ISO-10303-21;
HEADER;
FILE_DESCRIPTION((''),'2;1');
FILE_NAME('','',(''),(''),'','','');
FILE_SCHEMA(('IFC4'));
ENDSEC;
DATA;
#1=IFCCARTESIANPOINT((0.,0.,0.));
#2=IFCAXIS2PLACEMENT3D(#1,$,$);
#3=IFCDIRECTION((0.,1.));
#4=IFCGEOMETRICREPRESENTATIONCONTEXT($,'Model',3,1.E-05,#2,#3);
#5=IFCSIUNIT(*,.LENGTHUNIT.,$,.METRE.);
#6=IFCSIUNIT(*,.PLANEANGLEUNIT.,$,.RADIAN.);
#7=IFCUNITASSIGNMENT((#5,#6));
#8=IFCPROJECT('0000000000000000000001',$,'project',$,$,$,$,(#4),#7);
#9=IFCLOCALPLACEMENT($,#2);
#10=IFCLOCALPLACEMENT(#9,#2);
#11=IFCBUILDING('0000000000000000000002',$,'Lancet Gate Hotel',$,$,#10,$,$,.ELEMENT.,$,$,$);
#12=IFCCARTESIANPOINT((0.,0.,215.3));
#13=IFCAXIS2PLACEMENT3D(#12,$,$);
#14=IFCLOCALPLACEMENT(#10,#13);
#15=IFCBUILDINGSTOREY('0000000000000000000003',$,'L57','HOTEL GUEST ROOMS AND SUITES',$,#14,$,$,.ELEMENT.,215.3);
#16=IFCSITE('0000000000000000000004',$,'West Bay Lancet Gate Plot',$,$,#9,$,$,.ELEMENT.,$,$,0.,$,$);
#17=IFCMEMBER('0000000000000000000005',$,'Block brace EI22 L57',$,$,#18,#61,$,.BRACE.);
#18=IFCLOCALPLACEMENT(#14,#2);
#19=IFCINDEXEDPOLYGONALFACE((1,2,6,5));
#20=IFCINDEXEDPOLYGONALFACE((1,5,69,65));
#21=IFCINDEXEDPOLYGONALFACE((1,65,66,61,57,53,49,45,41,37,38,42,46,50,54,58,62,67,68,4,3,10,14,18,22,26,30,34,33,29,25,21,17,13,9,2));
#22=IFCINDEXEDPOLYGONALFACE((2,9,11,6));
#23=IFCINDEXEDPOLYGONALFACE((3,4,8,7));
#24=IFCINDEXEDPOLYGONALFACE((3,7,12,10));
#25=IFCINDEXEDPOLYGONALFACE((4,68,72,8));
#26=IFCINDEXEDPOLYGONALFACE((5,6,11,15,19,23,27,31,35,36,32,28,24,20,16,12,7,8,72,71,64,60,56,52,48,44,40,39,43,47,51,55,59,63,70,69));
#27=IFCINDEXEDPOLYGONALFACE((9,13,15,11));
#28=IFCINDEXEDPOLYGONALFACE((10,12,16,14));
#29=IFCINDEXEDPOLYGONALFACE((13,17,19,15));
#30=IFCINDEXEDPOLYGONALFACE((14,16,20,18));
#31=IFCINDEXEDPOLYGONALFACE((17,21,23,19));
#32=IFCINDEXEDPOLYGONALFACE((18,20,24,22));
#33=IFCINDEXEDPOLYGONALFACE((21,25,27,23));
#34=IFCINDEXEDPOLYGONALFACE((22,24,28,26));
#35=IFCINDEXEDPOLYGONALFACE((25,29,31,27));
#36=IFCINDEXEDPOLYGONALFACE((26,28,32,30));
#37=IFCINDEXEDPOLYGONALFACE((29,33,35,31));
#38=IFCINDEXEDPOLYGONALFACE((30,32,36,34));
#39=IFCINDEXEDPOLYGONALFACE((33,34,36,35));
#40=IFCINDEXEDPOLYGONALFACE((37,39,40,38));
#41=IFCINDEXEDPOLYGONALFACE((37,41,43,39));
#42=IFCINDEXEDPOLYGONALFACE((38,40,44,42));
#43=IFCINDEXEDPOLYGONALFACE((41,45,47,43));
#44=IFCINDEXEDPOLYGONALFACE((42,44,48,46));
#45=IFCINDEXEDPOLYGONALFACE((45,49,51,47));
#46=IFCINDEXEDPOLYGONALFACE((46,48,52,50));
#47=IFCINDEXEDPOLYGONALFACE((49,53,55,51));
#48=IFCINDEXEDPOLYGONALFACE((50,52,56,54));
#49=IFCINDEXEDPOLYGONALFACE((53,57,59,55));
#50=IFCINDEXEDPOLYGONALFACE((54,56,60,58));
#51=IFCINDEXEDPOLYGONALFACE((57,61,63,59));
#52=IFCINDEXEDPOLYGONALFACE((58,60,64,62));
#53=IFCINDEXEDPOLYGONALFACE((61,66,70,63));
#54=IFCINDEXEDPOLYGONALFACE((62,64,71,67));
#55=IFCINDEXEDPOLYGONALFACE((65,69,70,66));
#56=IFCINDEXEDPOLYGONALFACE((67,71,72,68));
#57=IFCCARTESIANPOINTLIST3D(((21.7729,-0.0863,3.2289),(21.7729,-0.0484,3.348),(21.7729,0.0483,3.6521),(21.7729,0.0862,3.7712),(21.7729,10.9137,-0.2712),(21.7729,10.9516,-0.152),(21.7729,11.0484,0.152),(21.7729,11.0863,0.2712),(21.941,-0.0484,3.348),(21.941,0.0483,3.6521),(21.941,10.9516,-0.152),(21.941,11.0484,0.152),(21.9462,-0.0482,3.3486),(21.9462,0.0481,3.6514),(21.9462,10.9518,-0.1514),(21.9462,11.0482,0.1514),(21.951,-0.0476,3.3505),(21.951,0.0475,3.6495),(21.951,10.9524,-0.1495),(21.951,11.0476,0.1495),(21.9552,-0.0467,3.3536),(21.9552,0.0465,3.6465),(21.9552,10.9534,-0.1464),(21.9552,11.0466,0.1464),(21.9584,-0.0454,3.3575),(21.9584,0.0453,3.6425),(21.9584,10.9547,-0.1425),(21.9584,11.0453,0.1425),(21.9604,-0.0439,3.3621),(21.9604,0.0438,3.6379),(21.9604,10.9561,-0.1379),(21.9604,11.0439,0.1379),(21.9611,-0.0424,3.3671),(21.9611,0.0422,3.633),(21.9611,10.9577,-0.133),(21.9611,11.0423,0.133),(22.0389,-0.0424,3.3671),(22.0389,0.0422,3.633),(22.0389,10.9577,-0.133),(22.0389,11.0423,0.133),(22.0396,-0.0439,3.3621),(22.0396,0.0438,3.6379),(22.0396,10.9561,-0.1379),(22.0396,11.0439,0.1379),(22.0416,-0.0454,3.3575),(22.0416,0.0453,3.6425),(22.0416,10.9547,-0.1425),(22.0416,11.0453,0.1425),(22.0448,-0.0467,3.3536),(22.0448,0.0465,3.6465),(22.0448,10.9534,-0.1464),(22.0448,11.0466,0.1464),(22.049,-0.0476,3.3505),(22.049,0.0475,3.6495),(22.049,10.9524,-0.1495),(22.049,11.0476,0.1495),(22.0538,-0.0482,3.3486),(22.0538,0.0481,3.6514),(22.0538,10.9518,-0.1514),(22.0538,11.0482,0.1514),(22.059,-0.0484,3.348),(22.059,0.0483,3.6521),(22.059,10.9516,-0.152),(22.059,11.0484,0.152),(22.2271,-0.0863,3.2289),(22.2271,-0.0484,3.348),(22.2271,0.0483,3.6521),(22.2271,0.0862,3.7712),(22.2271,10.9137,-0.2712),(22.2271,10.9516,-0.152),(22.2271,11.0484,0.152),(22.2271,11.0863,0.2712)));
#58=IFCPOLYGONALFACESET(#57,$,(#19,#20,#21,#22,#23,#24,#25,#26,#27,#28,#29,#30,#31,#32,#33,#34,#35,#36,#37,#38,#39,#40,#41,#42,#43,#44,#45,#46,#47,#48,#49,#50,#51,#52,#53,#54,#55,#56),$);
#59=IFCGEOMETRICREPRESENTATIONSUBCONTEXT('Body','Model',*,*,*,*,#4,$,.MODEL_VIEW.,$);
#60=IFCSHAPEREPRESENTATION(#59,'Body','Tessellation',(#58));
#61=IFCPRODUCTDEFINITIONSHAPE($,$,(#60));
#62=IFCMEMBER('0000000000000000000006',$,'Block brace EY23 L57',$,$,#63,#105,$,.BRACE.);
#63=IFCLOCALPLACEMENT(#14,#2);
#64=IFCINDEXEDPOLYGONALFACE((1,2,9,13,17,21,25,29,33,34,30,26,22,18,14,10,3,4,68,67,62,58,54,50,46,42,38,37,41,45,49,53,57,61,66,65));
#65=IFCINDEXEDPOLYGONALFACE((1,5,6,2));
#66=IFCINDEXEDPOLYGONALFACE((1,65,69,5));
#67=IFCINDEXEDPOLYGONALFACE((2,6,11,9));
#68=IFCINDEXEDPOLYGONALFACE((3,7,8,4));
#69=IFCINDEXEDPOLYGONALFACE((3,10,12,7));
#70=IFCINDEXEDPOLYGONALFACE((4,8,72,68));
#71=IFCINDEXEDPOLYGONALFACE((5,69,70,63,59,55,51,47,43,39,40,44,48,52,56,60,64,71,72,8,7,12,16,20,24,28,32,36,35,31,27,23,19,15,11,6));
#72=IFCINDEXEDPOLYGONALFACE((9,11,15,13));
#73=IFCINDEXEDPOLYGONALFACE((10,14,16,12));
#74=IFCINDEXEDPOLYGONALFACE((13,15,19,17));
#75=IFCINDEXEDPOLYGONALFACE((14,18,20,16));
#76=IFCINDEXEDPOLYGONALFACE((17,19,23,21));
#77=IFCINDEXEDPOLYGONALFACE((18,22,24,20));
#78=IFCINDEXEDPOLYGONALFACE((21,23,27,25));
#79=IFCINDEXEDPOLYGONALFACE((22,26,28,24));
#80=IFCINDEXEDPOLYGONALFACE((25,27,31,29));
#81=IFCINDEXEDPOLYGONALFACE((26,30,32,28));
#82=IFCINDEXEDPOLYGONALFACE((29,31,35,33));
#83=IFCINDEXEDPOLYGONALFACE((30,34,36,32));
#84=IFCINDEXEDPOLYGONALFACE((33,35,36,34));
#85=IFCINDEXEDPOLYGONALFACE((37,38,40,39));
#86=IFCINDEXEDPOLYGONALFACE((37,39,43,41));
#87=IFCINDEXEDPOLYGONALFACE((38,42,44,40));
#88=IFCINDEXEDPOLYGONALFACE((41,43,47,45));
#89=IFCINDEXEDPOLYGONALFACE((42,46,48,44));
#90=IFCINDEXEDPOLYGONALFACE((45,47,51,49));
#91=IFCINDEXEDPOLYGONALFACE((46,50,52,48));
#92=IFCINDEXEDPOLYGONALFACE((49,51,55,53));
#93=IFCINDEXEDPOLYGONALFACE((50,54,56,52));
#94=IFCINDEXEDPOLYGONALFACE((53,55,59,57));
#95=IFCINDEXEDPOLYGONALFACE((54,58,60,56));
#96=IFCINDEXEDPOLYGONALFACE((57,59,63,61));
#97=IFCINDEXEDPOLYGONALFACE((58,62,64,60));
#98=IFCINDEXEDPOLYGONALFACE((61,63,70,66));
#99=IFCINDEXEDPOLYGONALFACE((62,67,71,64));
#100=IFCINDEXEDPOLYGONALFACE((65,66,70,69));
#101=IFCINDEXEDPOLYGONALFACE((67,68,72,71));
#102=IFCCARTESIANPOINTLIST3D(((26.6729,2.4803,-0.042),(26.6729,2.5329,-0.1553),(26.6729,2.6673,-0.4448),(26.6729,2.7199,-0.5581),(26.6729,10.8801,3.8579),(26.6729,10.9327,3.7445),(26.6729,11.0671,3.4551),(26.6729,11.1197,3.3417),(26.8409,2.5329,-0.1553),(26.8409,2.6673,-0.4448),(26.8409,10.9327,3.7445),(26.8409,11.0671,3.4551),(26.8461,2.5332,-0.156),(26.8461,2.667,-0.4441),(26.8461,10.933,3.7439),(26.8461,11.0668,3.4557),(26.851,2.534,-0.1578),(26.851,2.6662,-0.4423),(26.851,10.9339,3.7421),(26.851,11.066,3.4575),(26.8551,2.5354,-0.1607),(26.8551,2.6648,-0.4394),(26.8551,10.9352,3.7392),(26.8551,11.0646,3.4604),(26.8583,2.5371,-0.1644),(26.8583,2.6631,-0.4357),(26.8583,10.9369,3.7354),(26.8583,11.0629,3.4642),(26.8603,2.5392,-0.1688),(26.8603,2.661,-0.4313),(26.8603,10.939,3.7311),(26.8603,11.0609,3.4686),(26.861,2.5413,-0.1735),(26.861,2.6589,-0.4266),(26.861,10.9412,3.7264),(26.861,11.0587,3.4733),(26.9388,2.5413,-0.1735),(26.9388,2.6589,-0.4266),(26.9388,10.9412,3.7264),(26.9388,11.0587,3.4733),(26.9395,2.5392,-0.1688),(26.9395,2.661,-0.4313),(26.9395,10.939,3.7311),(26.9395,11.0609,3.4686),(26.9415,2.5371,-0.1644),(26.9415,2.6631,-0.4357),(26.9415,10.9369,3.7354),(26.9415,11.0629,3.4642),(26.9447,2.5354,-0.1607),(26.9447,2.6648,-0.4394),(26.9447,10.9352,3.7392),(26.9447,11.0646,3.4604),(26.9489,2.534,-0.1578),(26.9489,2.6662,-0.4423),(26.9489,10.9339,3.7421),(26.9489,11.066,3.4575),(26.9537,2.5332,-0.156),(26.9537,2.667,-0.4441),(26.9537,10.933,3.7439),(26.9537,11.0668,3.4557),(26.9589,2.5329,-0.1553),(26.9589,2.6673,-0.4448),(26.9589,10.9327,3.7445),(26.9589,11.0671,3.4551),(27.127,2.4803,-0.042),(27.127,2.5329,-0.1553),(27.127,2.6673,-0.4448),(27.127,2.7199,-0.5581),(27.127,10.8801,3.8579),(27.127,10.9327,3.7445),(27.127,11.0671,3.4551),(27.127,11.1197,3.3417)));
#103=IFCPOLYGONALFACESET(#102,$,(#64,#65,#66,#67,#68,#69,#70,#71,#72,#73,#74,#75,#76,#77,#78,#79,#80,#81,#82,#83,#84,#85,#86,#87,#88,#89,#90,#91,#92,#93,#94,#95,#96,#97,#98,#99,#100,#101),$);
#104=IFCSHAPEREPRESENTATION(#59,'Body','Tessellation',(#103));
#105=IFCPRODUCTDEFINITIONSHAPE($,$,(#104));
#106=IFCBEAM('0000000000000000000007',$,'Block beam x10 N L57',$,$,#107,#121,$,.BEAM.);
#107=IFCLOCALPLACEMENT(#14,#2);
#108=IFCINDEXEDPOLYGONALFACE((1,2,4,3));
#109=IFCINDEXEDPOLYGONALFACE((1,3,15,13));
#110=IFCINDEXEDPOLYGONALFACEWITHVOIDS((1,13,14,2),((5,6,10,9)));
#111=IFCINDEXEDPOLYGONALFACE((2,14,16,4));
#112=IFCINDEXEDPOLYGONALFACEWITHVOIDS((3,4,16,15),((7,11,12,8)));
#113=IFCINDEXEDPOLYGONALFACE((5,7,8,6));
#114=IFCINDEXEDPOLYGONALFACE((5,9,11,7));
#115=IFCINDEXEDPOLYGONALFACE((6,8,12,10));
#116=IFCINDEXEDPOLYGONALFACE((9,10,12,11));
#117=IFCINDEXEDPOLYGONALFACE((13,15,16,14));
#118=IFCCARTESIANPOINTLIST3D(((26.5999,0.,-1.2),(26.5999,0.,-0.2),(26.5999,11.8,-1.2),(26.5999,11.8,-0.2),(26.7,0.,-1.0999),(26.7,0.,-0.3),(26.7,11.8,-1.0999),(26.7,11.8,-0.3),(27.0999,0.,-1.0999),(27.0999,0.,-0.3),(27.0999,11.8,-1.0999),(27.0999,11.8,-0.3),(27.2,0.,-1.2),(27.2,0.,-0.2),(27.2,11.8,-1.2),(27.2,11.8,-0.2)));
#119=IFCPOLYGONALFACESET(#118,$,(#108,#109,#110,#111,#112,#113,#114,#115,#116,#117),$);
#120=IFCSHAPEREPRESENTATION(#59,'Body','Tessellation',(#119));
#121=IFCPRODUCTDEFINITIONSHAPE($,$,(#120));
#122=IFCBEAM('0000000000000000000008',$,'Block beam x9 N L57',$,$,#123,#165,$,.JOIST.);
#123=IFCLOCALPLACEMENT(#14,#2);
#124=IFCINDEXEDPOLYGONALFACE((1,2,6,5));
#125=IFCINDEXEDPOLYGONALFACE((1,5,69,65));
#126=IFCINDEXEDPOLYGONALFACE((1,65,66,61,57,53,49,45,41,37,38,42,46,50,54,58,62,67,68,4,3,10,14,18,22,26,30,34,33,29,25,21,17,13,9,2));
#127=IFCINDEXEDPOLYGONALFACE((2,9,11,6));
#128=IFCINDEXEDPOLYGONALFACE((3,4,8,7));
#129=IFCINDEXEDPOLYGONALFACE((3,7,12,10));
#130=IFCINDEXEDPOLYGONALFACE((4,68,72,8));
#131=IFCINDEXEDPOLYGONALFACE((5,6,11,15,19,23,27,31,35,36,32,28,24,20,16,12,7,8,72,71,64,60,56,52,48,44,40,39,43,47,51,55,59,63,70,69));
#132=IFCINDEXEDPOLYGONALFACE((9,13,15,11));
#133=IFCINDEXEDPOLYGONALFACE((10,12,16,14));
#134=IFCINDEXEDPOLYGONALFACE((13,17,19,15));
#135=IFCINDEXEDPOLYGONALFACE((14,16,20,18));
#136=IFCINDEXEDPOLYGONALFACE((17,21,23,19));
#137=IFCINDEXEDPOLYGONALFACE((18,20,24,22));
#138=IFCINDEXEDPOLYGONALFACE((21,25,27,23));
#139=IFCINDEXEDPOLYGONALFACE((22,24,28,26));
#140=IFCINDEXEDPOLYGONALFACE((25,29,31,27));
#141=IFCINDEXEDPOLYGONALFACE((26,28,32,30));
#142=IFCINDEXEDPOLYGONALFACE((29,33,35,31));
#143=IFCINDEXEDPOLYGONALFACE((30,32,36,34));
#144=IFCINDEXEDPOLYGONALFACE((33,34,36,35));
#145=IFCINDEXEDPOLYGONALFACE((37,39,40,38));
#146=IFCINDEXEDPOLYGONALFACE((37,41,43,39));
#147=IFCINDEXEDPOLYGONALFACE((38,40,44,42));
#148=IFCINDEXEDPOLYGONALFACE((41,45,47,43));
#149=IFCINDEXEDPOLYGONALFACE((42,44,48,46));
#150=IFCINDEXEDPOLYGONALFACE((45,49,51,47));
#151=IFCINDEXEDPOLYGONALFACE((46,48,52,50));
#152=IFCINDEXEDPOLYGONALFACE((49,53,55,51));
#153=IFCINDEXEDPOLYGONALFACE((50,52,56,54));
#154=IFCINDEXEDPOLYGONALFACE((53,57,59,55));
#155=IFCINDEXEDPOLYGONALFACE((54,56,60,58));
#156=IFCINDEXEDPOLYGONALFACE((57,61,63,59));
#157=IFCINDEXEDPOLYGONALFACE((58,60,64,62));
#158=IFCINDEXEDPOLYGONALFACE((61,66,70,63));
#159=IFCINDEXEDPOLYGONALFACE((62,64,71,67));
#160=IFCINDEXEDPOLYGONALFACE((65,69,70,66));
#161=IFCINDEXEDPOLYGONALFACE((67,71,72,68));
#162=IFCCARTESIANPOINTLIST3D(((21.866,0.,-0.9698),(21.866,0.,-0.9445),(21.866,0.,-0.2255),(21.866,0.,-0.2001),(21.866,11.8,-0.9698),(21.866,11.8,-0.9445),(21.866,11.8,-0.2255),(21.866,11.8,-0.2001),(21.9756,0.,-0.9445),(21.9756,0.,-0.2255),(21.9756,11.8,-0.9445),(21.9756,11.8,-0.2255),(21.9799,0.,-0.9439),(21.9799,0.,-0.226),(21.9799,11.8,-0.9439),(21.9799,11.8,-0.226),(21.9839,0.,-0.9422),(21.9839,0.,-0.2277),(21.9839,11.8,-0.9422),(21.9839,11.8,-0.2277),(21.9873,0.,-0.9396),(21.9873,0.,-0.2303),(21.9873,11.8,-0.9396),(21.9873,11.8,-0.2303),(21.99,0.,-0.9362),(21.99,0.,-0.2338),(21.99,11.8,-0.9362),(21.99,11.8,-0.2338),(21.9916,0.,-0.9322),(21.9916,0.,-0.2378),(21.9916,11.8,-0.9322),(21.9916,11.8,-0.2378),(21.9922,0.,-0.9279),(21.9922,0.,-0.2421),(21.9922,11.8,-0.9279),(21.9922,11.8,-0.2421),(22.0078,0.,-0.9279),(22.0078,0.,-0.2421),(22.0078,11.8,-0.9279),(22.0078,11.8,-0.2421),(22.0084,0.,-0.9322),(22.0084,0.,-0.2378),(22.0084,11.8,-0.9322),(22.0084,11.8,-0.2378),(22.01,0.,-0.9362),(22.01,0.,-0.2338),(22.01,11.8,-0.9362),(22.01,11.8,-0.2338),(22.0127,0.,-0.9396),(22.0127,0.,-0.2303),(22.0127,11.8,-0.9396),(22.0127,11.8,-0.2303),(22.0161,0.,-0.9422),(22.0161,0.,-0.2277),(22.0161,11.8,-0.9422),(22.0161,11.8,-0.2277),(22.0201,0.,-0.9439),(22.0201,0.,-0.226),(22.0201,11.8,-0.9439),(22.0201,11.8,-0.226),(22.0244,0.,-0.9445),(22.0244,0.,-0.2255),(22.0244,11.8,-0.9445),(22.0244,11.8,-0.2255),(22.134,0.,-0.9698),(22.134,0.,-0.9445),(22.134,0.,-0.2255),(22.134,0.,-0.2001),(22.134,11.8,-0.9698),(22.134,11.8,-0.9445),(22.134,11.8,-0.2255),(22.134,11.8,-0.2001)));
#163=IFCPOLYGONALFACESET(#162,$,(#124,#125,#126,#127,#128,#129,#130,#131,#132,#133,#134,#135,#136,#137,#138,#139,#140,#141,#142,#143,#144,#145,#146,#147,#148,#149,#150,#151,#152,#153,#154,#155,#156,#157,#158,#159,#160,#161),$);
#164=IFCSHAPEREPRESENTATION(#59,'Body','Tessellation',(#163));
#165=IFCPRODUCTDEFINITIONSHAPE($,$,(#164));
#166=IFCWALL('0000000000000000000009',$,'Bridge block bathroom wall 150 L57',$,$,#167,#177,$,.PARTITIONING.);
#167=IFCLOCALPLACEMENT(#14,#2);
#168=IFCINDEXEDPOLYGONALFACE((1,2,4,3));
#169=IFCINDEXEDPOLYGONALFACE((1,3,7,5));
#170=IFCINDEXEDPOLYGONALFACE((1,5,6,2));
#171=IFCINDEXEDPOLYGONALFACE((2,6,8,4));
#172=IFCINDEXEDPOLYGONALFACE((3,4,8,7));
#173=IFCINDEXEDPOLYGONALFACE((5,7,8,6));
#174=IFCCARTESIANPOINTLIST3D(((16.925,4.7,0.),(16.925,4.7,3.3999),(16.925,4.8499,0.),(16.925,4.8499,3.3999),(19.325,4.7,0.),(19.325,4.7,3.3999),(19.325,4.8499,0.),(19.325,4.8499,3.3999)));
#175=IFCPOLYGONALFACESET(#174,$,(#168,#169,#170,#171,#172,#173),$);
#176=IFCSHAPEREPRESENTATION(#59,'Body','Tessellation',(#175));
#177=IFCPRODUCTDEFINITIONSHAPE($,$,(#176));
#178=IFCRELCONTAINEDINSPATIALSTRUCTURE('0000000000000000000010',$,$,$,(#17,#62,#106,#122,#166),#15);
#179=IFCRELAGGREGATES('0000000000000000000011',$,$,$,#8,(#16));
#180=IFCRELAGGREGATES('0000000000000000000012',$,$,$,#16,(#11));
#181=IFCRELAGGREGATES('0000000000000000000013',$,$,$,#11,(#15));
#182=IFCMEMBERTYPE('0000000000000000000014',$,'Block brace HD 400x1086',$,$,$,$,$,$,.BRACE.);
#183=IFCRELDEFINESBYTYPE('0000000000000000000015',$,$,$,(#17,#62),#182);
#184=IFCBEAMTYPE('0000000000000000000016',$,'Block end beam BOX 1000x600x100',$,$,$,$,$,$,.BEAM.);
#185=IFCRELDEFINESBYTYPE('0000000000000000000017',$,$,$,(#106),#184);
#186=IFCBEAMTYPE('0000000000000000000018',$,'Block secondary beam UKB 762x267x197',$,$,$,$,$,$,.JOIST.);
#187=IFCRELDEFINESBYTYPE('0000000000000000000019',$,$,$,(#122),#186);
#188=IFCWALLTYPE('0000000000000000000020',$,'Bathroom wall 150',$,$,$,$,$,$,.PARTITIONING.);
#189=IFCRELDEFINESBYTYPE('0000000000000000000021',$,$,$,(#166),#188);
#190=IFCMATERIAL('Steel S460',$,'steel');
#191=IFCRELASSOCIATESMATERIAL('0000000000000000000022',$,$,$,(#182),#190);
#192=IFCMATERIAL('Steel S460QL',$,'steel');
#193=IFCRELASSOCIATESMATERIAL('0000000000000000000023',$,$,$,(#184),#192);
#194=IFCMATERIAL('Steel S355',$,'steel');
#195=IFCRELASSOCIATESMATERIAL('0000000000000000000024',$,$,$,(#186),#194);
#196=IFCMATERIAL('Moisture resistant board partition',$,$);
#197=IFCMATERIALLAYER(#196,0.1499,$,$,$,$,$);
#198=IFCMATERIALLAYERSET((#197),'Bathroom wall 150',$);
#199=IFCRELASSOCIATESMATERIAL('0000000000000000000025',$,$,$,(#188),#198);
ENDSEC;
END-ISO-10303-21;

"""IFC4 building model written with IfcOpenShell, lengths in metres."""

from ifc_helpers import new_model, si_unit, direction, frame, frame_2d, origin, origin_2d, place, context, subcontext, project, spatial, rectangle, hollow_rectangle, i_section, extrude, material, layer, layer_set, material_profile, profile_set, type_object, element, save


model = new_model("IFC4")

# Units and contexts
model_context = context("Model", 3, precision=1e-05, world=origin(), true_north=direction((0.0, 1.0)))
body_context = subcontext(model_context, "Body", "Model", "MODEL_VIEW")
ifc_project = project(units=[si_unit("LENGTHUNIT", "METRE"), si_unit("PLANEANGLEUNIT", "RADIAN")], contexts=[model_context])

# Site, building, storey
site_placement = place(None, origin())
site = spatial("IfcSite", under=ifc_project, at=site_placement, Name="West Bay Lancet Gate Plot", CompositionType="ELEMENT", RefElevation=0.0)
building_placement = place(site_placement, origin())
building = spatial("IfcBuilding", under=site, at=building_placement, Name="Lancet Gate Hotel", CompositionType="ELEMENT")
storey_placement = place(building_placement, frame((0.0, 0.0, 215.3)))
storey = spatial("IfcBuildingStorey", under=building, at=storey_placement, Name="L57", Description="HOTEL GUEST ROOMS AND SUITES", CompositionType="ELEMENT", Elevation=215.3)

# Members
ifc_material_1 = material(Name="Steel S460", Category="steel")
ifc_material_profile_1 = material_profile(ifc_material_1, i_section(OverallWidth=0.4541, OverallDepth=0.5691, WebThickness=0.0779, FlangeThickness=0.125, FilletRadius=0.02, at=origin_2d()), Name="HD 400x1086")
ifc_profile_set_1 = profile_set([ifc_material_profile_1], Name="Steel S460")
member_type = type_object("IfcMemberType", Name="Block brace HD 400x1086", PredefinedType="BRACE", material=ifc_profile_set_1)
member_1_placement = place(storey_placement, frame((22.0, 11.0, 0.0), z_axis=(0.0, -0.952926, 0.303204), x_axis=(1.0, 0.0, 0.0)))
element("IfcMember", 1, at=member_1_placement, inside=storey, type_object=member_type, Name="Block brace EI22 L57", PredefinedType="BRACE", context=body_context, shape_type="SweptSolid", body=[
    extrude(i_section(OverallWidth=0.4541, OverallDepth=0.5691, WebThickness=0.0779, FlangeThickness=0.125, FilletRadius=0.02, at=origin_2d()), origin(), (0.0, 0.0, 1.0), 11.5435),
])
member_2_placement = place(storey_placement, frame((26.8999, 2.6001, -0.3), z_axis=(0.0, 0.907011, 0.421107), x_axis=(-1.0, 0.0, 0.0)))
element("IfcMember", 2, at=member_2_placement, inside=storey, type_object=member_type, Name="Block brace EY23 L57", PredefinedType="BRACE", context=body_context, shape_type="SweptSolid", body=[
    extrude(i_section(OverallWidth=0.4541, OverallDepth=0.5691, WebThickness=0.0779, FlangeThickness=0.125, FilletRadius=0.02, at=origin_2d()), origin(), (0.0, 0.0, 1.0), 9.261),
])

# Beams
ifc_material_2 = material(Name="Steel S460QL", Category="steel")
ifc_material_profile_2 = material_profile(ifc_material_2, hollow_rectangle(XDim=0.6001, YDim=1.0, WallThickness=0.1001, at=origin_2d()), Name="BOX 1000x600x100")
ifc_profile_set_2 = profile_set([ifc_material_profile_2], Name="Steel S460QL")
beam_type_1 = type_object("IfcBeamType", Name="Block end beam BOX 1000x600x100", PredefinedType="BEAM", material=ifc_profile_set_2)
beam_1_placement = place(storey_placement, frame((26.8999, 0.0, -0.7), z_axis=(0.0, 1.0, 0.0), x_axis=(-1.0, 0.0, 0.0)))
element("IfcBeam", 3, at=beam_1_placement, inside=storey, type_object=beam_type_1, Name="Block beam x10 N L57", PredefinedType="BEAM", context=body_context, shape_type="SweptSolid", body=[
    extrude(hollow_rectangle(XDim=0.6001, YDim=1.0, WallThickness=0.1001, at=origin_2d()), origin(), (0.0, 0.0, 1.0), 11.8),
])
ifc_material_3 = material(Name="Steel S355", Category="steel")
ifc_material_profile_3 = material_profile(ifc_material_3, i_section(OverallWidth=0.2681, OverallDepth=0.7698, WebThickness=0.0156, FlangeThickness=0.0254, FilletRadius=0.0166, at=origin_2d()), Name="UKB 762x267x197")
ifc_profile_set_3 = profile_set([ifc_material_profile_3], Name="Steel S355")
beam_type_2 = type_object("IfcBeamType", Name="Block secondary beam UKB 762x267x197", PredefinedType="JOIST", material=ifc_profile_set_3)
beam_2_placement = place(storey_placement, frame((22.0, 0.0, -0.585), z_axis=(0.0, 1.0, 0.0), x_axis=(-1.0, 0.0, 0.0)))
element("IfcBeam", 4, at=beam_2_placement, inside=storey, type_object=beam_type_2, Name="Block beam x9 N L57", PredefinedType="JOIST", context=body_context, shape_type="SweptSolid", body=[
    extrude(i_section(OverallWidth=0.2681, OverallDepth=0.7698, WebThickness=0.0156, FlangeThickness=0.0254, FilletRadius=0.0166, at=origin_2d()), origin(), (0.0, 0.0, 1.0), 11.8),
])

# Wall
ifc_material_4 = material(Name="Moisture resistant board partition")
ifc_layer_1 = layer(ifc_material_4, 0.1499)
ifc_layer_set_1 = layer_set([ifc_layer_1], Name="Bathroom wall 150")
wall_type_1 = type_object("IfcWallType", Name="Bathroom wall 150", PredefinedType="PARTITIONING", material=ifc_layer_set_1)
wall_1_placement = place(storey_placement, frame((16.925, 4.7749, 0.0), z_axis=(0.0, 0.0, 1.0), x_axis=(1.0, 0.0, 0.0)))
element("IfcWall", 5, at=wall_1_placement, inside=storey, type_object=wall_type_1, Name="Bridge block bathroom wall 150 L57", PredefinedType="PARTITIONING", context=body_context, shape_type="SweptSolid", body=[
    extrude(rectangle(XDim=2.3999, YDim=0.1499, at=frame_2d((1.2, 0.0))), origin(), (0.0, 0.0, 1.0), 3.3999),
])

save(model, "model.ifc")
